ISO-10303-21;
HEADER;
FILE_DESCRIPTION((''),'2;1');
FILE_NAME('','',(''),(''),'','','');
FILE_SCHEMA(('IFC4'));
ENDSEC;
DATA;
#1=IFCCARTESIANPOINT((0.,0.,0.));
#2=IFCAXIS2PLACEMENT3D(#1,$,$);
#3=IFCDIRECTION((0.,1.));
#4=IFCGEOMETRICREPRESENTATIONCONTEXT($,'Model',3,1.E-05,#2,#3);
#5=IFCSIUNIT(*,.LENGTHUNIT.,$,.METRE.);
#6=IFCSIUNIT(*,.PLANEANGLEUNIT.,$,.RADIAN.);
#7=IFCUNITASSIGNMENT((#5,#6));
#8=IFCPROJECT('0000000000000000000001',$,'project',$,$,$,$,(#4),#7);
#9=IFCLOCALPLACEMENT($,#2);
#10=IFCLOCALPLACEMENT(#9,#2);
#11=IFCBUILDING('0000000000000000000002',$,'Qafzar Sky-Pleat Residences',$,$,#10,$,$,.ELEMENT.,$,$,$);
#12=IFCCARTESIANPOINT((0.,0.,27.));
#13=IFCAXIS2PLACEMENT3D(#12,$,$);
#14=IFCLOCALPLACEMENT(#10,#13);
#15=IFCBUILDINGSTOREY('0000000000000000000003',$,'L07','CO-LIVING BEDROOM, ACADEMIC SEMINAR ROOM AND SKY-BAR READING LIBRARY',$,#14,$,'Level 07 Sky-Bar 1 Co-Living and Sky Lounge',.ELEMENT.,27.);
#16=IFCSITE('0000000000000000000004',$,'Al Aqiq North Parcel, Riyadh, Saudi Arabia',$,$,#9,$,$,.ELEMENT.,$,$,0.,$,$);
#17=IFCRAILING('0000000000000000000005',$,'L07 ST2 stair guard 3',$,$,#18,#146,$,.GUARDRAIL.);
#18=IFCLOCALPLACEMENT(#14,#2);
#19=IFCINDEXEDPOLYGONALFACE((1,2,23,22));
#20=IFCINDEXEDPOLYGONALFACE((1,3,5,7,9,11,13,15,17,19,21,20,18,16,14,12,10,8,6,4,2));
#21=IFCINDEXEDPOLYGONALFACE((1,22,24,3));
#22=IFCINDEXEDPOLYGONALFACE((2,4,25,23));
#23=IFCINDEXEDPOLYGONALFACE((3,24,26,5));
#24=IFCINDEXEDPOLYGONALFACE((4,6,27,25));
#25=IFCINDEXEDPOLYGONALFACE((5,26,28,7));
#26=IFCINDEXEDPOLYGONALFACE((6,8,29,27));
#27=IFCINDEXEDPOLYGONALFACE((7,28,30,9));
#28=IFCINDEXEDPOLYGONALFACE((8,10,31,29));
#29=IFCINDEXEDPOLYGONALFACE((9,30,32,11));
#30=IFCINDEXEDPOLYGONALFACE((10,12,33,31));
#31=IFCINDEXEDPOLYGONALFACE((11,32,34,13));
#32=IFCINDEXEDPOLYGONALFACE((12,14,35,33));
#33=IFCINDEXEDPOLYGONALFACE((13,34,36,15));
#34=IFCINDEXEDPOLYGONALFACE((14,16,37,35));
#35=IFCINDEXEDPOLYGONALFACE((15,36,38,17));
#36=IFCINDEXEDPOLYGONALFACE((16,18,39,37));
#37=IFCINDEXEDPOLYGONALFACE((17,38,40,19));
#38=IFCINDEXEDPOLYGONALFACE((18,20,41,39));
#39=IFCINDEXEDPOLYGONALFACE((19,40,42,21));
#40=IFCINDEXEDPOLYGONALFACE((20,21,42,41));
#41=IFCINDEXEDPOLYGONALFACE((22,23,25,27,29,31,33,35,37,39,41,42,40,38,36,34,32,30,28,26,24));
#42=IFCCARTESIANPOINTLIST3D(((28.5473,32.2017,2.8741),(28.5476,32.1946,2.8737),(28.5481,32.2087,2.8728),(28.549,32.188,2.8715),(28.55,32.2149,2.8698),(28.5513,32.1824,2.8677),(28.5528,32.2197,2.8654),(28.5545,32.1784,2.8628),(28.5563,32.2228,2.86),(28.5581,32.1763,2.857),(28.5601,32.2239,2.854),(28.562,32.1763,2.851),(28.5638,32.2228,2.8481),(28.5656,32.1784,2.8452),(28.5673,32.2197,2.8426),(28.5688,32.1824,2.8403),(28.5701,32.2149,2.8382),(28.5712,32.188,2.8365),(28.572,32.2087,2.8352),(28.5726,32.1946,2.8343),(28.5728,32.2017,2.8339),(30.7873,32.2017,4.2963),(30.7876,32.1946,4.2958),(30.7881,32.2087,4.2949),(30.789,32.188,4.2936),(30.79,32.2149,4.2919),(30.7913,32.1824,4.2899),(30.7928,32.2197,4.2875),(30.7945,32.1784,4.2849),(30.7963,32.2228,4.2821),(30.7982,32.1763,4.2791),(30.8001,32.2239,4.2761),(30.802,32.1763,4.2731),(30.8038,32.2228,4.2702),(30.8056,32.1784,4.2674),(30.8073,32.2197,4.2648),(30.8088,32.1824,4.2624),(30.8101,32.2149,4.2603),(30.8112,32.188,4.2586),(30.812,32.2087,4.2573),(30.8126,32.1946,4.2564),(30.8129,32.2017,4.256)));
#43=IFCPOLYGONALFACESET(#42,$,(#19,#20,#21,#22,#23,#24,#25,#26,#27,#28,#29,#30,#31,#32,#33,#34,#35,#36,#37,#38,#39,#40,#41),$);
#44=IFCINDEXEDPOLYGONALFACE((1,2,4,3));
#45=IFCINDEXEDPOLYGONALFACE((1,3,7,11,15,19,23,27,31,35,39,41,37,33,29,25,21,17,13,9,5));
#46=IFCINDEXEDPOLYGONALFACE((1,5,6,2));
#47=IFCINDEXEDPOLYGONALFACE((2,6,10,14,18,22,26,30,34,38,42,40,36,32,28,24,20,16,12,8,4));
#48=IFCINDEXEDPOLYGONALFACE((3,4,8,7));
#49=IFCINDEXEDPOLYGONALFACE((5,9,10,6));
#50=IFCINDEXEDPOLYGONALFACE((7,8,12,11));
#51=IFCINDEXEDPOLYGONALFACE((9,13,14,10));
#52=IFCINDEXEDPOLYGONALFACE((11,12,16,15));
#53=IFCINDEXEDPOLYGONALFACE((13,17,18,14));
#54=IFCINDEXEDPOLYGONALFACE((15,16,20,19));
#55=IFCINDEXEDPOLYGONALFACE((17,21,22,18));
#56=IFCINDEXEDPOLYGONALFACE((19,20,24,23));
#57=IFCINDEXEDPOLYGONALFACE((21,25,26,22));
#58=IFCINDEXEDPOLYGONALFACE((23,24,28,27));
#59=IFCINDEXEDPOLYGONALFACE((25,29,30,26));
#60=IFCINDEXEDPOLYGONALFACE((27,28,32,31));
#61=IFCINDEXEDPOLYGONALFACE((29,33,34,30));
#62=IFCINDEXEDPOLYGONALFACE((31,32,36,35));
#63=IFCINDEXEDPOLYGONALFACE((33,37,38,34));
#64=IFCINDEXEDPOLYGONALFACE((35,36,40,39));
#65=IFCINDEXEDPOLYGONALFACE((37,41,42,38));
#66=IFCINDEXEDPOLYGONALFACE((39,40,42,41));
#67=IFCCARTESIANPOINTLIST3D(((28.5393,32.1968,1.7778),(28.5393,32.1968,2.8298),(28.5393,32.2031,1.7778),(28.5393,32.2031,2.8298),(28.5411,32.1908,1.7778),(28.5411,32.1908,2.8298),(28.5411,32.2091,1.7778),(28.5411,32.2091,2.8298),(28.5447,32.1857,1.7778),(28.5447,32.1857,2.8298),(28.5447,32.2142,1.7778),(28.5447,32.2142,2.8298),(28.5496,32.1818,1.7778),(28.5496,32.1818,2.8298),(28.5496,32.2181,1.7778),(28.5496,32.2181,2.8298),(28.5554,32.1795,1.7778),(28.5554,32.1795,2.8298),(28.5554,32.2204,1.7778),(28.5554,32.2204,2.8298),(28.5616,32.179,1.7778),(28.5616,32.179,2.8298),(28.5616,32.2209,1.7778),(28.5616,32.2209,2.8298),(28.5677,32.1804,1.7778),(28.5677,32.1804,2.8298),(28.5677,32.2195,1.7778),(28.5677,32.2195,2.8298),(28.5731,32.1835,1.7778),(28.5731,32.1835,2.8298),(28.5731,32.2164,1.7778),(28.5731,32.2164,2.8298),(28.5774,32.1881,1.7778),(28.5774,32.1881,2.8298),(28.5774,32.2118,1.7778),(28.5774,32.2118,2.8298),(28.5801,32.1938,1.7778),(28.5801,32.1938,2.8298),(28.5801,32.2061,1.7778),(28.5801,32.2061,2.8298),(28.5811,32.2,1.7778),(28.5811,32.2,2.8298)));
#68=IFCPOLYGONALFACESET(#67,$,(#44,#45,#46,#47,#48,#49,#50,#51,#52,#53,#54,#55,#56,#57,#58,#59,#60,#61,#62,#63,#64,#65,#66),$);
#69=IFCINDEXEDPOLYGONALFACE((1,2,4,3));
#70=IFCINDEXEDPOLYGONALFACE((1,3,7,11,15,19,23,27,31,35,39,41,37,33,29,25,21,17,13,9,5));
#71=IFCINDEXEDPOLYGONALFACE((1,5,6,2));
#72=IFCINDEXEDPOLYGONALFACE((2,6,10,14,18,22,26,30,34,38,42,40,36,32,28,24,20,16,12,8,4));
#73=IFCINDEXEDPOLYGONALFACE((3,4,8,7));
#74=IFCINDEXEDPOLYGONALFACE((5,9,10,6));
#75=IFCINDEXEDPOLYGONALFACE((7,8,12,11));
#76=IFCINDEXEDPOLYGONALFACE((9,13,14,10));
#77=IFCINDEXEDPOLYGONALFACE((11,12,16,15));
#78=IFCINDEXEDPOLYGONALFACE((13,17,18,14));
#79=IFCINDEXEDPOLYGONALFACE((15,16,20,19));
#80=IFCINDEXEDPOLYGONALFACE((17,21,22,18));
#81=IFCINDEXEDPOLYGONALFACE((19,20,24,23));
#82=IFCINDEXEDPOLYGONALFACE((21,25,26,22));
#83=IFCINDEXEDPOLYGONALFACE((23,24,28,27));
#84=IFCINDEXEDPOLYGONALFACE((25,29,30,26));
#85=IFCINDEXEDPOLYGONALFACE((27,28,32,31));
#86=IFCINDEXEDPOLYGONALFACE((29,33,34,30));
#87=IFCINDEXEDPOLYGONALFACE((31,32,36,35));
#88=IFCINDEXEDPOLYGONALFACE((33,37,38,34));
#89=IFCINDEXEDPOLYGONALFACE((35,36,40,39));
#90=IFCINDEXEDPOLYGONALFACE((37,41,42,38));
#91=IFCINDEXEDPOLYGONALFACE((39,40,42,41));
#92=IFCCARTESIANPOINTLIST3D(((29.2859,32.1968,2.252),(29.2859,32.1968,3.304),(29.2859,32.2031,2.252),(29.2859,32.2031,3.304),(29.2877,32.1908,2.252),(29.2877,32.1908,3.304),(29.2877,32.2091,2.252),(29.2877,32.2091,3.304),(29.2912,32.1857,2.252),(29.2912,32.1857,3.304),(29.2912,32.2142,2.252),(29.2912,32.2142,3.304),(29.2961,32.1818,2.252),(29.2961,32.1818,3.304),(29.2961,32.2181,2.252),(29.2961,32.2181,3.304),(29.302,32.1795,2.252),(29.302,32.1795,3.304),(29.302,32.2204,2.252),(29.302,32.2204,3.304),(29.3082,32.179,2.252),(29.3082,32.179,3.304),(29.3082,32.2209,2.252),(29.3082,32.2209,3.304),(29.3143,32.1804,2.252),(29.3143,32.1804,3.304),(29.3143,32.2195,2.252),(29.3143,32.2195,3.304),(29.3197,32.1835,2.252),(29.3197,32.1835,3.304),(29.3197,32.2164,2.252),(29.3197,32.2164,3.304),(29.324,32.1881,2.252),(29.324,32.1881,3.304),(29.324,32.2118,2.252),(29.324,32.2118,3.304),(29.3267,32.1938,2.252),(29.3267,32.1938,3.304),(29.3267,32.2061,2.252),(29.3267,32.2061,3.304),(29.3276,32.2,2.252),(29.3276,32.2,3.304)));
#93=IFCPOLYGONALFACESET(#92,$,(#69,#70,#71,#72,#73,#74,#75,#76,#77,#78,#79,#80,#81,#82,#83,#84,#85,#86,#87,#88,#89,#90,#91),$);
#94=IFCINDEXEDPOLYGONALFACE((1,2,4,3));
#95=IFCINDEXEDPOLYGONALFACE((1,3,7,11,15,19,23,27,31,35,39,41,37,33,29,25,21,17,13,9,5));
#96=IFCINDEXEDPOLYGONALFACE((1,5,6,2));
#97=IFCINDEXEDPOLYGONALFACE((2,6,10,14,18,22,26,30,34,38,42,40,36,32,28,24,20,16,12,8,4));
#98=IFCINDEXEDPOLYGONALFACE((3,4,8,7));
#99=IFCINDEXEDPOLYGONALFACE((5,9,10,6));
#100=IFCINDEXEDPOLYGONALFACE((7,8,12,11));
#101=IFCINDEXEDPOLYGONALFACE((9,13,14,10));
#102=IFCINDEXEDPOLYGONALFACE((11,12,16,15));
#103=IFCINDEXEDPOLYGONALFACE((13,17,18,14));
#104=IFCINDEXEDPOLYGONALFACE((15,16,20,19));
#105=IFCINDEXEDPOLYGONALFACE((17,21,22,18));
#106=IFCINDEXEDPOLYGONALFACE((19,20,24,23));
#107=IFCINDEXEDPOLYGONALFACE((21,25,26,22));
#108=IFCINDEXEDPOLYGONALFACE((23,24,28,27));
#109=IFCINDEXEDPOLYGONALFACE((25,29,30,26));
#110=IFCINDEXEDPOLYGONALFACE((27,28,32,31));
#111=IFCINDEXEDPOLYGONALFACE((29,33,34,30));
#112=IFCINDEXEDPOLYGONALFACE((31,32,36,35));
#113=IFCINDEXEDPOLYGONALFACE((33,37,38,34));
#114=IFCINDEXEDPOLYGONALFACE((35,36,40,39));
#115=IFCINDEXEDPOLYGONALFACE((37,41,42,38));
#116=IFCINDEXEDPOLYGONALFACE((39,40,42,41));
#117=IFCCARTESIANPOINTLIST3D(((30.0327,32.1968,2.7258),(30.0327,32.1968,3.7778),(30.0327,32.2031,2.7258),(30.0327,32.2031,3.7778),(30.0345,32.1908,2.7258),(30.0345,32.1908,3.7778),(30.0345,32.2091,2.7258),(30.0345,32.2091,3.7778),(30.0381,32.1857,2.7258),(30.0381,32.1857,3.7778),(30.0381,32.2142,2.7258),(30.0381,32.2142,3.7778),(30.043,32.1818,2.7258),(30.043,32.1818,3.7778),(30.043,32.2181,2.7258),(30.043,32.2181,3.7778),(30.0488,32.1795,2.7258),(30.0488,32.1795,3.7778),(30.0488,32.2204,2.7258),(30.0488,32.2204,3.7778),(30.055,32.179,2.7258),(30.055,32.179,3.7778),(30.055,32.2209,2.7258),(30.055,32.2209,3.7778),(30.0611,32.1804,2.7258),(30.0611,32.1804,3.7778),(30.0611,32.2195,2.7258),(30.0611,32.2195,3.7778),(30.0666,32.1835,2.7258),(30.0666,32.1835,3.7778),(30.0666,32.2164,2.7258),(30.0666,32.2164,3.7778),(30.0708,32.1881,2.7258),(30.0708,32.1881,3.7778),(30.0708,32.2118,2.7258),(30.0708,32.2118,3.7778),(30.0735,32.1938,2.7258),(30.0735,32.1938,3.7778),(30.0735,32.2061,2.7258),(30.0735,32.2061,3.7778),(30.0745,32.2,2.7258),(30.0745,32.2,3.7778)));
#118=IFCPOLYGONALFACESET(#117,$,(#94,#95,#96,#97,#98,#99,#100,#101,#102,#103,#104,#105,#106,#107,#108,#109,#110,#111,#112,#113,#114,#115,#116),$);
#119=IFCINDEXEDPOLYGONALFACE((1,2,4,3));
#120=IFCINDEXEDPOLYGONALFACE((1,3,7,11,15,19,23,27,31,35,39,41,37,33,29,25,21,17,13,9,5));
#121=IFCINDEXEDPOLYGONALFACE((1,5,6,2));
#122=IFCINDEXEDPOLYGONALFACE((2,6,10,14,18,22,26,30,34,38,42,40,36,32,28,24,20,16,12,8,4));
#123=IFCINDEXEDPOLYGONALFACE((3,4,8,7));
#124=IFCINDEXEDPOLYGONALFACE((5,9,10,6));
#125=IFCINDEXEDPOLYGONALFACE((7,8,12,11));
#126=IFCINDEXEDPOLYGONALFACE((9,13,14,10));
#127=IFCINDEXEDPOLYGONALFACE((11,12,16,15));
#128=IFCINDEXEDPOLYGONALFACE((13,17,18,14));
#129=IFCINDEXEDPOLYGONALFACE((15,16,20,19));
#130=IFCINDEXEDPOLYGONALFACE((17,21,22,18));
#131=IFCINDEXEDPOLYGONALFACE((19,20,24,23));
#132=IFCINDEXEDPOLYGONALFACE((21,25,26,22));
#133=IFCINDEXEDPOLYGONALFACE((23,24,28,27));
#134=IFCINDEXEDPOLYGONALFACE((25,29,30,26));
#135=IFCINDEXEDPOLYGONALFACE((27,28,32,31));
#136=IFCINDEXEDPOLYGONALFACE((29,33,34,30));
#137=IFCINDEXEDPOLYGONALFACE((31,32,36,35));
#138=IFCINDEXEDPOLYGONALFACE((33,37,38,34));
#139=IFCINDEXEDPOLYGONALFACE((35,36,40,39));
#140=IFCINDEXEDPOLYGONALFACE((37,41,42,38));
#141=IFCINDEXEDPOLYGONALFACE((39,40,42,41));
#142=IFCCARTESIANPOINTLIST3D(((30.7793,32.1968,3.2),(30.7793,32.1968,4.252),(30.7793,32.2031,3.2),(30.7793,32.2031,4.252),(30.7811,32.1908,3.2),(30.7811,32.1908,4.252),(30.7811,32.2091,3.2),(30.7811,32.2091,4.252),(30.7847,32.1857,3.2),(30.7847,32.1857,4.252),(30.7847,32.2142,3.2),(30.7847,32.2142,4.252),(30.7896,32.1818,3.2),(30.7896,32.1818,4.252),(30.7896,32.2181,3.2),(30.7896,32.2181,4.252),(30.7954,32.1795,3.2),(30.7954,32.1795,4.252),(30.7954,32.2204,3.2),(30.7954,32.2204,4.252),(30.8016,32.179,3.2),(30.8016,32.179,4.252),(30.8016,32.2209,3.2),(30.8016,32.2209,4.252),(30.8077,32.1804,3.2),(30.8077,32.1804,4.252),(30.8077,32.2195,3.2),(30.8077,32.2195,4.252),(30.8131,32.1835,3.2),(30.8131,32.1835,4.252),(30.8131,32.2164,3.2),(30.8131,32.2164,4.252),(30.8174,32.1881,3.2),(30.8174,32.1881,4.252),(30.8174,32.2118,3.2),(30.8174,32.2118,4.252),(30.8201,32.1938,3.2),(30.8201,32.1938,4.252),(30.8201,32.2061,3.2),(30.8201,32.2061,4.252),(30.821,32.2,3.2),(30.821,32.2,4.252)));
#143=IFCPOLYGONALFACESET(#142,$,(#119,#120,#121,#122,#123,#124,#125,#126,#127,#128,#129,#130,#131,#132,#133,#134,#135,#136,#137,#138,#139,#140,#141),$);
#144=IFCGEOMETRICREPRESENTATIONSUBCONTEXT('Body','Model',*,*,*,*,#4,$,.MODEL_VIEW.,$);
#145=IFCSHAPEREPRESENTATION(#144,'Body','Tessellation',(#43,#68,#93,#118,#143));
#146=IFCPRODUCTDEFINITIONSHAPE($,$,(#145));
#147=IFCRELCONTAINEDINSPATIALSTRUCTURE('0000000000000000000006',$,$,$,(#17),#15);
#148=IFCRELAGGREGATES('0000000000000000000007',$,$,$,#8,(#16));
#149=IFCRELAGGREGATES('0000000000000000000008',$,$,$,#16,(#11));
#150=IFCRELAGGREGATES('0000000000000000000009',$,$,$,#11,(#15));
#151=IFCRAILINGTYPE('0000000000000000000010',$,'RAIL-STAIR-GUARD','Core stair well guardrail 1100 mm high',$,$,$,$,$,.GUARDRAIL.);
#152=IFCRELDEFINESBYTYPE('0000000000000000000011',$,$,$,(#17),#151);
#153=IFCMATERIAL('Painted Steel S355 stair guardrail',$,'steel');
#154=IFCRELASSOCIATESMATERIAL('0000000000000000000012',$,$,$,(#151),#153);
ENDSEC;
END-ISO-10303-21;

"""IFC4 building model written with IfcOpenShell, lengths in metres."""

from ifc_helpers import new_model, si_unit, direction, frame, origin, origin_2d, place, context, subcontext, project, spatial, circle, extrude, source, transform, mapped, material, type_object, element, save


model = new_model("IFC4")

# Units and contexts
model_context = context("Model", 3, precision=1e-05, world=origin(), true_north=direction((0.0, 1.0)))
body_context = subcontext(model_context, "Body", "Model", "MODEL_VIEW")
ifc_project = project(units=[si_unit("LENGTHUNIT", "METRE"), si_unit("PLANEANGLEUNIT", "RADIAN")], contexts=[model_context])

# Site, building, storey
site_placement = place(None, origin())
site = spatial("IfcSite", under=ifc_project, at=site_placement, Name="Al Aqiq North Parcel, Riyadh, Saudi Arabia", CompositionType="ELEMENT", RefElevation=0.0)
building_placement = place(site_placement, origin())
building = spatial("IfcBuilding", under=site, at=building_placement, Name="Qafzar Sky-Pleat Residences", CompositionType="ELEMENT")
storey_placement = place(building_placement, frame((0.0, 0.0, 27.0)))
storey = spatial("IfcBuildingStorey", under=building, at=storey_placement, Name="L07", Description="CO-LIVING BEDROOM, ACADEMIC SEMINAR ROOM AND SKY-BAR READING LIBRARY", LongName="Level 07 Sky-Bar 1 Co-Living and Sky Lounge", CompositionType="ELEMENT", Elevation=27.0)

# Railing
ifc_material_1 = material(Name="Painted Steel S355 stair guardrail", Category="steel")
railing_type_1 = type_object("IfcRailingType", Name="RAIL-STAIR-GUARD", Description="Core stair well guardrail 1100 mm high", PredefinedType="GUARDRAIL", material=ifc_material_1)
shared_shape_1 = source(origin(), body_context, "Body", "SweptSolid", [
    extrude(circle(Radius=0.0239, at=origin_2d()), frame((0.0, 0.0, 1.0762), z_axis=(0.844229, 0.0, 0.535982), x_axis=(0.0, 1.0, 0.0)), (0.0, 0.0, 1.0), 2.6533),
    extrude(circle(Radius=0.021, at=origin_2d()), origin(), (0.0, 0.0, 1.0), 1.052),
    extrude(circle(Radius=0.021, at=origin_2d()), frame((0.7466, 0.0, 0.4741)), (0.0, 0.0, 1.0), 1.052),
    extrude(circle(Radius=0.021, at=origin_2d()), frame((1.4934, 0.0, 0.948)), (0.0, 0.0, 1.0), 1.052),
    extrude(circle(Radius=0.021, at=origin_2d()), frame((2.24, 0.0, 1.4221)), (0.0, 0.0, 1.0), 1.052),
])
railing_1_placement = place(storey_placement, frame((28.5601, 32.2, 1.7778)))
element("IfcRailing", 1, at=railing_1_placement, inside=storey, type_object=railing_type_1, Name="L07 ST2 stair guard 3", PredefinedType="GUARDRAIL", context=body_context, shape_type="MappedRepresentation", body=[
    mapped(shared_shape_1, transform((0.0, 0.0, 0.0), x_axis=(1.0, 0.0, 0.0), y_axis=(0.0, 1.0, 0.0), z_axis=(0.0, 0.0, 1.0), scale=1.0)),
])

save(model, "model.ifc")
